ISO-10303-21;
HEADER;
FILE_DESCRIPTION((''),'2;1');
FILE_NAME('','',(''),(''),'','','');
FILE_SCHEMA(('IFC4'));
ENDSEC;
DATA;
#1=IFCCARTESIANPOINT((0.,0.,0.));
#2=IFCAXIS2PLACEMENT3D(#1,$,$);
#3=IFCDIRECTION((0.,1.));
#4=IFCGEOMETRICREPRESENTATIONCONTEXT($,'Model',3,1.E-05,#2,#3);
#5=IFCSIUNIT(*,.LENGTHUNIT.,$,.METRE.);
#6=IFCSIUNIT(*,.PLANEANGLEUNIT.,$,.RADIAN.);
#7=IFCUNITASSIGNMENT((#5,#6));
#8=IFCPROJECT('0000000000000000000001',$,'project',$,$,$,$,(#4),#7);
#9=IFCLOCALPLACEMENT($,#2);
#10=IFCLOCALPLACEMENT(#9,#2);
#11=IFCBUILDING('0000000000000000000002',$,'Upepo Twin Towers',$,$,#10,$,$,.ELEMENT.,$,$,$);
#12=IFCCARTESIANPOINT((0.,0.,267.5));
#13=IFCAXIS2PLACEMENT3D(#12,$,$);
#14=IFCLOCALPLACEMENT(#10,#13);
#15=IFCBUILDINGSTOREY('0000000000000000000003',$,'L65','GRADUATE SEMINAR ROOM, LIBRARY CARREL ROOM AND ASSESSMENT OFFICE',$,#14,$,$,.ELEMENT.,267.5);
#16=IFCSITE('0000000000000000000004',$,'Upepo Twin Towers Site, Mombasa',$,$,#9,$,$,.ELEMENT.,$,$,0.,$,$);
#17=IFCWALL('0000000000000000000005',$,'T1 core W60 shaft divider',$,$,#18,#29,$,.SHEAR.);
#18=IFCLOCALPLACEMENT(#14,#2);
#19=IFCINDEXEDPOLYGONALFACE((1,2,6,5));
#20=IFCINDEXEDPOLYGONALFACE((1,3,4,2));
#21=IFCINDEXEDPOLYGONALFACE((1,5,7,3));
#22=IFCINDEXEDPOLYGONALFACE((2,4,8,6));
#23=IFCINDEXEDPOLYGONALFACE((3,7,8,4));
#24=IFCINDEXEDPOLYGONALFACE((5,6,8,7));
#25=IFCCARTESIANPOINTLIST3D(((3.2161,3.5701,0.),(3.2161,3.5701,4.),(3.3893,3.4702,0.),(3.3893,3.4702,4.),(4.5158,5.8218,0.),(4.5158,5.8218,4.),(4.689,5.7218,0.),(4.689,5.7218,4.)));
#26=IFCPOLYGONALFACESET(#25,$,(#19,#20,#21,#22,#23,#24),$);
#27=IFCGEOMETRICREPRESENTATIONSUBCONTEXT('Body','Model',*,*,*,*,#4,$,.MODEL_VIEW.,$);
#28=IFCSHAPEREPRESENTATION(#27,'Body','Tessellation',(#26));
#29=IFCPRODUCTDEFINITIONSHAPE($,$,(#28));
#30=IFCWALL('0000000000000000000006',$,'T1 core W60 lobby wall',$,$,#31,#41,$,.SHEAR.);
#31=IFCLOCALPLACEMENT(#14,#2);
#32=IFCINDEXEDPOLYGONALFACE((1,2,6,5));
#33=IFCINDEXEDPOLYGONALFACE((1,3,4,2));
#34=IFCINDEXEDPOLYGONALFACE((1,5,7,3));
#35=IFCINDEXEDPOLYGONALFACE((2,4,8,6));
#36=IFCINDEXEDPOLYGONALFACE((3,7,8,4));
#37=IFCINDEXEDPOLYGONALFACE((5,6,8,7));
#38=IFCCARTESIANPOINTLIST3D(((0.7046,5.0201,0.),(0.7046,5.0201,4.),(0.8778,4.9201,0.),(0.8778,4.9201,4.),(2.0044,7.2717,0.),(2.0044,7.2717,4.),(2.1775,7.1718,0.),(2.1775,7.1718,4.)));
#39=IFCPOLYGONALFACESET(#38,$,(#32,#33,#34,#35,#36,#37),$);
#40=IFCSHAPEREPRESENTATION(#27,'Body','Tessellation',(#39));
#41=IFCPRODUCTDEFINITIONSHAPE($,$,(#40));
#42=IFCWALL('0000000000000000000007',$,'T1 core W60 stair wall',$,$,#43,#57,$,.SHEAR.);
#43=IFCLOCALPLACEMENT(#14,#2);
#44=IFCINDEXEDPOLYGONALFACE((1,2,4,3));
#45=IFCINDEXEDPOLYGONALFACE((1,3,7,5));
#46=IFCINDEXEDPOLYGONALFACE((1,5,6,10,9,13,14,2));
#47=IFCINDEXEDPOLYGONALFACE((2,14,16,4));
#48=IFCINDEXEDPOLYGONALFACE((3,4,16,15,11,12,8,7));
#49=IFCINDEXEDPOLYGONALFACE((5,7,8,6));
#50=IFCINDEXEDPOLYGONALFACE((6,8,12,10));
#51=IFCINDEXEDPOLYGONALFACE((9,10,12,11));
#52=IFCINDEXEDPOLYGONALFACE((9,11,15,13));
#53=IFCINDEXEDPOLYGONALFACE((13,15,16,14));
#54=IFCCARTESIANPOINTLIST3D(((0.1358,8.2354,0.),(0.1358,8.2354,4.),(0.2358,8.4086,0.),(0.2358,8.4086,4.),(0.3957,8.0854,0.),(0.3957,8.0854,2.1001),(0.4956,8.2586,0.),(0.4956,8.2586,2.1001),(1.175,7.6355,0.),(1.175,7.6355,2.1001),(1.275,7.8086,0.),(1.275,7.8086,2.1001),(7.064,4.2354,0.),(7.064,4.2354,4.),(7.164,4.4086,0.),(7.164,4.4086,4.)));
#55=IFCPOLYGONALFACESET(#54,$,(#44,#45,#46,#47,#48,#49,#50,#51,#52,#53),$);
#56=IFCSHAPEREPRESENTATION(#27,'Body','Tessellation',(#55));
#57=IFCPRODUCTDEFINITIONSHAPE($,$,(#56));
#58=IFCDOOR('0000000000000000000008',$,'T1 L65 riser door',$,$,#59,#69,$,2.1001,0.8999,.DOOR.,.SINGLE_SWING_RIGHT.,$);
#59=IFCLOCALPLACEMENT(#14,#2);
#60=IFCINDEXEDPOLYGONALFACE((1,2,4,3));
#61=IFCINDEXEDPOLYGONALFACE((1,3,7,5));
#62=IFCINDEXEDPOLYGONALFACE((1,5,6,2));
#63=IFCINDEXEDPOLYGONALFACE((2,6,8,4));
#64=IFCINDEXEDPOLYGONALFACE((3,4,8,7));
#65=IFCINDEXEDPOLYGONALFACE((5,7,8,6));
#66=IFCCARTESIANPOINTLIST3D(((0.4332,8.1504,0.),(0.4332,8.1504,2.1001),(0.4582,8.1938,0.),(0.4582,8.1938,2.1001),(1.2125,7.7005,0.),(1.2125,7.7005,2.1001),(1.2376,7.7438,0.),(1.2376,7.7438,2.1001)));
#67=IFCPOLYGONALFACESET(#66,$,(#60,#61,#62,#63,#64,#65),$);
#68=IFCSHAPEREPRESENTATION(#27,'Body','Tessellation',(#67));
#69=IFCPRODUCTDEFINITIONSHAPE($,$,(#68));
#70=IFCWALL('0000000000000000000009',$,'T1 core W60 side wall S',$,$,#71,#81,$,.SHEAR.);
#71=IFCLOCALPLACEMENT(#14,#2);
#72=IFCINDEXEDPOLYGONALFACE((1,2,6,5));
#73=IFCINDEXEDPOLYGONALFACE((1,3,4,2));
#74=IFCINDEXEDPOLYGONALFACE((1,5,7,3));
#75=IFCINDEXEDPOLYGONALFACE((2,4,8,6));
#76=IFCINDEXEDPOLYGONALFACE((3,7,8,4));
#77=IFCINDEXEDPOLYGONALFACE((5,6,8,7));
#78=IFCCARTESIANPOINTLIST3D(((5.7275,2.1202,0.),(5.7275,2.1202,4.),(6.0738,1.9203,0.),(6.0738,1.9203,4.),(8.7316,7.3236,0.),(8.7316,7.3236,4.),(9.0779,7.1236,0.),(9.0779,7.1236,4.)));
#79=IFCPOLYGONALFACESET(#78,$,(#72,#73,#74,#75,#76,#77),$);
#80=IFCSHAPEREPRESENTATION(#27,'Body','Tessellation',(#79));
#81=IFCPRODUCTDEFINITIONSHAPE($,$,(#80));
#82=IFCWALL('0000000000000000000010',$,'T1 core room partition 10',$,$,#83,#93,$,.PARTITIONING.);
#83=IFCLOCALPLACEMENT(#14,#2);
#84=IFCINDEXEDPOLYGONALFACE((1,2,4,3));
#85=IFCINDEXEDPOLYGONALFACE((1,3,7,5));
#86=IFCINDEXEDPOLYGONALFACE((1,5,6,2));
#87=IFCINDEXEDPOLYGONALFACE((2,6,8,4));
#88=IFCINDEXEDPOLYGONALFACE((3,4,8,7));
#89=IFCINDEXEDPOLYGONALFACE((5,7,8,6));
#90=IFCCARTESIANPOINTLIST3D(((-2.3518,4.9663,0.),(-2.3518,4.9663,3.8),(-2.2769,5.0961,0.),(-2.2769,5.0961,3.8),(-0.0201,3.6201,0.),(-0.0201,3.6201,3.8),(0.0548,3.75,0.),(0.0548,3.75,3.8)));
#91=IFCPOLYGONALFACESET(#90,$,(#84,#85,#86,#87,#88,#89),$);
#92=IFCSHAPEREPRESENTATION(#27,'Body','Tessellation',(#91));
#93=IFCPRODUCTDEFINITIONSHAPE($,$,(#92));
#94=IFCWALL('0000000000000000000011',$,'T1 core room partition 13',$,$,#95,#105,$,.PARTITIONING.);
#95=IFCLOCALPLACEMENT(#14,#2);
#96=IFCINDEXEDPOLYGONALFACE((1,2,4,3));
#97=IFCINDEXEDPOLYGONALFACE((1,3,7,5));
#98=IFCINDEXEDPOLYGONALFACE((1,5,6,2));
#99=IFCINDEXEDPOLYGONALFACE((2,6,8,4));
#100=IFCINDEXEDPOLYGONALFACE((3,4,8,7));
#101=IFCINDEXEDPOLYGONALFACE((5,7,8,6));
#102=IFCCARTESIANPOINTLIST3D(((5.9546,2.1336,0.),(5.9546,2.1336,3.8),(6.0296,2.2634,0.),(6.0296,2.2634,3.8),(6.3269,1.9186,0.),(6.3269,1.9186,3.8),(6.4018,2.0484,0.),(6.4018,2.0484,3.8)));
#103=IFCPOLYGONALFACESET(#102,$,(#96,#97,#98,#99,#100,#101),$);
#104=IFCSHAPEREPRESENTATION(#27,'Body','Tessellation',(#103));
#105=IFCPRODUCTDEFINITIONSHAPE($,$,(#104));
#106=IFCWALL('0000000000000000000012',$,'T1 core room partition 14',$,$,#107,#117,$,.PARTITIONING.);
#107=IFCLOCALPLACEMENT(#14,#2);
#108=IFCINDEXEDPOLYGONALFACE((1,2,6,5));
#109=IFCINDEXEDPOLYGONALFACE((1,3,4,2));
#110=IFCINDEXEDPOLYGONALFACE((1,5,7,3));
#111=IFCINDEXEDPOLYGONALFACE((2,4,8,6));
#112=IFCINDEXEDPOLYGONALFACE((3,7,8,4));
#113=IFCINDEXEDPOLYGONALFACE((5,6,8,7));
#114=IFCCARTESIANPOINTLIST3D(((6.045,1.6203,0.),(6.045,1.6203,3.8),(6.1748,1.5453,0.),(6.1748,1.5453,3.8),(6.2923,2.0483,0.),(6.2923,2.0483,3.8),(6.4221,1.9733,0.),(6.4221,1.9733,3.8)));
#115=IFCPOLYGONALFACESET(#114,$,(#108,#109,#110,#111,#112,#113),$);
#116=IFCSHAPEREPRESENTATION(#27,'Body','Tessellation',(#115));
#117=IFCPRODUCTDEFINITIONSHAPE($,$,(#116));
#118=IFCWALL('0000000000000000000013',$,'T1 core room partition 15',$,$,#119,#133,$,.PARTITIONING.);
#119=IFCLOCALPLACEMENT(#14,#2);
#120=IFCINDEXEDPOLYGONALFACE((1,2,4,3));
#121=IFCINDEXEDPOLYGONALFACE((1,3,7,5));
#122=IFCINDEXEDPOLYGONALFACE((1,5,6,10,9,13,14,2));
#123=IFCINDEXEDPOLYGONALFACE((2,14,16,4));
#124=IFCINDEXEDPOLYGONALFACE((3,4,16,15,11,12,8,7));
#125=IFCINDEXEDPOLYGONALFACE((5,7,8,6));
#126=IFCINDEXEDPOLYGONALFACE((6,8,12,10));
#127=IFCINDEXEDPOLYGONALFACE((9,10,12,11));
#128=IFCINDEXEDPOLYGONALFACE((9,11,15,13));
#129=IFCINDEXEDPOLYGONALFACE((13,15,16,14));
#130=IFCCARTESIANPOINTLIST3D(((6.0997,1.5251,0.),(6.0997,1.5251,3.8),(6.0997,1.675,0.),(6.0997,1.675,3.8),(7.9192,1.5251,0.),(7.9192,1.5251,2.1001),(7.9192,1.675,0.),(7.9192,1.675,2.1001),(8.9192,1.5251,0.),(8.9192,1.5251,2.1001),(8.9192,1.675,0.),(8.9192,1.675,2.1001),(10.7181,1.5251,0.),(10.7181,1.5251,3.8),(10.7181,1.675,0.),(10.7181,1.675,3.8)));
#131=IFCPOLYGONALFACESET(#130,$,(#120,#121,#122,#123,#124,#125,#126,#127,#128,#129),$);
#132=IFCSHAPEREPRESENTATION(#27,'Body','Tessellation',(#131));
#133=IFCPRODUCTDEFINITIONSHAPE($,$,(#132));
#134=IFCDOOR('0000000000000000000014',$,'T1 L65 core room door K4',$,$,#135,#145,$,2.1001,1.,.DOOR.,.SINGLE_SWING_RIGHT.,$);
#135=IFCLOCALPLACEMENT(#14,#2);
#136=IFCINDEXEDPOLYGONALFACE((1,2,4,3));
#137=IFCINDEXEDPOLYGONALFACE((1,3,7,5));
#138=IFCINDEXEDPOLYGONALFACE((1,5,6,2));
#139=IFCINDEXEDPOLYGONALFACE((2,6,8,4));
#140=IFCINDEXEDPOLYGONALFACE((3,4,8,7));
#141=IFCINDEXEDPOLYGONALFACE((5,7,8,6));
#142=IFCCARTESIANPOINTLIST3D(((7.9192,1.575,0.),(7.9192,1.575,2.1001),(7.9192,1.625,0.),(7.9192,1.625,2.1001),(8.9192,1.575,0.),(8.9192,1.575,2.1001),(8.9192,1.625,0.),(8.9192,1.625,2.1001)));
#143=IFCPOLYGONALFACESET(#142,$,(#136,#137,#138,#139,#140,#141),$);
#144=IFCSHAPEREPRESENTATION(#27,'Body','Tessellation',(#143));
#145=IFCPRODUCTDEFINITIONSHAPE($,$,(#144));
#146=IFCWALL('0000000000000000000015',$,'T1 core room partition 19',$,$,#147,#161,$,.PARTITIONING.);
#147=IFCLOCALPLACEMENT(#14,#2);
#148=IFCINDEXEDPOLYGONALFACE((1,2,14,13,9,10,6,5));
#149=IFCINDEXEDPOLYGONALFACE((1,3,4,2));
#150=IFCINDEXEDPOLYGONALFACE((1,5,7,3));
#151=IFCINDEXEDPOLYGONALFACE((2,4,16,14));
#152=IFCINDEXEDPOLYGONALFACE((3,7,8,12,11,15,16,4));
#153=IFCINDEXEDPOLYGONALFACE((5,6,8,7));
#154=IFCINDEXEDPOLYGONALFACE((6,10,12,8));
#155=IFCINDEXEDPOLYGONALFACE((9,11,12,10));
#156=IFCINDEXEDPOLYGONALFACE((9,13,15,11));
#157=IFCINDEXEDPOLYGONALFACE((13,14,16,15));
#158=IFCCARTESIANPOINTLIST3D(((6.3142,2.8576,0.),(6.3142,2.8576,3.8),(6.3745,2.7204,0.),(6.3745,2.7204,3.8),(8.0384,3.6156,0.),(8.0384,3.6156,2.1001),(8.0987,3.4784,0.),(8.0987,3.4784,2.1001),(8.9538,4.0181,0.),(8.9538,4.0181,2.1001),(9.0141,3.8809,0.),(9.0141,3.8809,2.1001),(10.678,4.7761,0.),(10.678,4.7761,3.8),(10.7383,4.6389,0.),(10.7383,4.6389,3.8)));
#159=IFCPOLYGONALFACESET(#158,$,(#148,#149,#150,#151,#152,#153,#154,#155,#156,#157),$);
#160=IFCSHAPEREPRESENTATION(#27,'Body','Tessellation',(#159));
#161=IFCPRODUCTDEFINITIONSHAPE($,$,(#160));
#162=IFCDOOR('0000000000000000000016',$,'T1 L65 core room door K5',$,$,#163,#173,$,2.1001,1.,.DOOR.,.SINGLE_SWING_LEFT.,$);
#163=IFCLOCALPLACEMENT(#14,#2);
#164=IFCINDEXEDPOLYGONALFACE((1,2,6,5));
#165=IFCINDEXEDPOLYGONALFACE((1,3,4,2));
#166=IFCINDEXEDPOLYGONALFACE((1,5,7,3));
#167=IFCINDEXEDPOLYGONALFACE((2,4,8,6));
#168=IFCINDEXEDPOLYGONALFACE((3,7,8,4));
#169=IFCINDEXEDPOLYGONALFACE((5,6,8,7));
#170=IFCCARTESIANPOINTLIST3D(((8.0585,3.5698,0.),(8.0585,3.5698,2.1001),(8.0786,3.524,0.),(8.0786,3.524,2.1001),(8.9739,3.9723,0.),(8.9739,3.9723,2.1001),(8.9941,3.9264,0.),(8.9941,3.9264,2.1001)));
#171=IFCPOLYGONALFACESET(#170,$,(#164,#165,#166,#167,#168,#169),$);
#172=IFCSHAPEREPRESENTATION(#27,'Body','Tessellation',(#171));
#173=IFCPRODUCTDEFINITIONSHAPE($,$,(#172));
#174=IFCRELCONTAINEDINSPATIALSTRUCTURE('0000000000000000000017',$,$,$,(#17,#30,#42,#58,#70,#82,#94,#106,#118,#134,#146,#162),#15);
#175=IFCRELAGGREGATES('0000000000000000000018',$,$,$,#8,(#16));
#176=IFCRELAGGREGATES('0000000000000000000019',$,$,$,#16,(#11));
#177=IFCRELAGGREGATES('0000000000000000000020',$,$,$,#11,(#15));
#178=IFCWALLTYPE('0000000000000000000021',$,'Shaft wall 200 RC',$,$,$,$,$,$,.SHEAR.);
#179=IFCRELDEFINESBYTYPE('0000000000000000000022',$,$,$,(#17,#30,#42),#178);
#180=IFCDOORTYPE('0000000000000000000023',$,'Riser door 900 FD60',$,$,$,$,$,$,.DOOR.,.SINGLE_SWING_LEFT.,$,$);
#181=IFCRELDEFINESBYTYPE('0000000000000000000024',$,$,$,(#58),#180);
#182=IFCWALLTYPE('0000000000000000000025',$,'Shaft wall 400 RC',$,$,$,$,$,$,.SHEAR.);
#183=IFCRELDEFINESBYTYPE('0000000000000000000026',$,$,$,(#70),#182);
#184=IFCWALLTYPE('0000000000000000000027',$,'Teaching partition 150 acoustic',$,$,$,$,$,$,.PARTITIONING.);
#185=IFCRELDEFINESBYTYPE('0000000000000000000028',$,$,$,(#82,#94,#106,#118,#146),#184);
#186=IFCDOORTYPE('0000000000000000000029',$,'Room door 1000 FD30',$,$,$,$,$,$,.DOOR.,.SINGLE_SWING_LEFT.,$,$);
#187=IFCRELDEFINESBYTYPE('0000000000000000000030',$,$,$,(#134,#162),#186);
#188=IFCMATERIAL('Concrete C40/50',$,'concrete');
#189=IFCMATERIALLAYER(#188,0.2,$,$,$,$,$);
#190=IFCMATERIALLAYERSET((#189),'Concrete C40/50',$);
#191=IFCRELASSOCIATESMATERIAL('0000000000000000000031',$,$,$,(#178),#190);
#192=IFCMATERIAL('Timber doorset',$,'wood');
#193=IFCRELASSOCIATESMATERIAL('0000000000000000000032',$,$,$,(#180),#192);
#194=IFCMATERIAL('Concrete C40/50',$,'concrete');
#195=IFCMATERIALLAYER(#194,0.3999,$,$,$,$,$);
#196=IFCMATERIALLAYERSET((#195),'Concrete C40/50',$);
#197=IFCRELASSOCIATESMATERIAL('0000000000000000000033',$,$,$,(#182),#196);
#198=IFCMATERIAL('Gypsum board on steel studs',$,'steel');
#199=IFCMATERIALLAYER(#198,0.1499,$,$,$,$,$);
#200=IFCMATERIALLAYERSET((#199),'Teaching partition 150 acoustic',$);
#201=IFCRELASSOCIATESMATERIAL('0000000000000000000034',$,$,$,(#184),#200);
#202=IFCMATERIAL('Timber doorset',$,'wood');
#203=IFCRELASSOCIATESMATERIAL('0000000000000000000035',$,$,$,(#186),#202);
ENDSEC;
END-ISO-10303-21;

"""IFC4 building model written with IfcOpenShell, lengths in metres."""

from ifc_helpers import new_model, si_unit, direction, frame, frame_2d, origin, place, context, subcontext, project, spatial, rectangle, extrude, material, layer, layer_set, type_object, element, fill, save


model = new_model("IFC4")

# Units and contexts
model_context = context("Model", 3, precision=1e-05, world=origin(), true_north=direction((0.0, 1.0)))
body_context = subcontext(model_context, "Body", "Model", "MODEL_VIEW")
ifc_project = project(units=[si_unit("LENGTHUNIT", "METRE"), si_unit("PLANEANGLEUNIT", "RADIAN")], contexts=[model_context])

# Site, building, storey
site_placement = place(None, origin())
site = spatial("IfcSite", under=ifc_project, at=site_placement, Name="Upepo Twin Towers Site, Mombasa", CompositionType="ELEMENT", RefElevation=0.0)
building_placement = place(site_placement, origin())
building = spatial("IfcBuilding", under=site, at=building_placement, Name="Upepo Twin Towers", CompositionType="ELEMENT")
storey_placement = place(building_placement, frame((0.0, 0.0, 267.5)))
storey = spatial("IfcBuildingStorey", under=building, at=storey_placement, Name="L65", Description="GRADUATE SEMINAR ROOM, LIBRARY CARREL ROOM AND ASSESSMENT OFFICE", CompositionType="ELEMENT", Elevation=267.5)

# Shared definitions
ifc_material_1 = material(Name="Concrete C40/50", Category="concrete")
ifc_layer_1 = layer(ifc_material_1, 0.2)
ifc_layer_set_1 = layer_set([ifc_layer_1], Name="Concrete C40/50")
wall_type_1 = type_object("IfcWallType", Name="Shaft wall 200 RC", PredefinedType="SHEAR", material=ifc_layer_set_1)
ifc_material_2 = material(Name="Timber doorset", Category="wood")
door_type_1 = type_object("IfcDoorType", Name="Riser door 900 FD60", OperationType="SINGLE_SWING_LEFT", PredefinedType="DOOR", material=ifc_material_2)

# Walls
for number, where, z_axis, x_axis, name in (
    (1, (3.3027, 3.5203, 0.0), (0.0, 0.0, 1.0), (0.499937, 0.866062, 0.0), "T1 core W60 shaft divider"),
    (2, (0.7913, 4.9702, 0.0), (0.0, 0.0, 1.0), (0.499937, 0.866062, 0.0), "T1 core W60 lobby wall"),
):
    element("IfcWall", number, at=place(storey_placement, frame(where, z_axis=z_axis, x_axis=x_axis)), inside=storey, type_object=wall_type_1, Name=name, PredefinedType="SHEAR", context=body_context, shape_type="SweptSolid", body=[
        extrude(rectangle(XDim=2.5999, YDim=0.2, at=frame_2d((1.2998, 0.0))), origin(), (0.0, 0.0, 1.0), 4.0),
    ])

# Wall, opening, door
wall_1_placement = place(storey_placement, frame((7.114, 4.322, 0.0), z_axis=(0.0, 0.0, 1.0), x_axis=(-0.866026, 0.499999, 0.0)))
wall_1 = element("IfcWall", 3, at=wall_1_placement, inside=storey, type_object=wall_type_1, Name="T1 core W60 stair wall", PredefinedType="SHEAR", context=body_context, shape_type="SweptSolid", body=[
    extrude(rectangle(XDim=8.0, YDim=0.2, at=frame_2d((4.0, 0.0))), origin(), (0.0, 0.0, 1.0), 4.0),
])
opening_1_placement = place(wall_1_placement, frame((6.8, 0.0, 0.0)))
opening_1 = element("IfcOpeningElement", 4, at=opening_1_placement, cuts=wall_1, PredefinedType="OPENING", context=body_context, shape_type="SweptSolid", body=[
    extrude(rectangle(XDim=0.8999, YDim=2.1001, at=frame_2d((0.45, 1.05))), frame((0.0, 0.1099, 0.0), z_axis=(0.0, -1.0, 0.0), x_axis=(1.0, 0.0, 0.0)), (0.0, 0.0, 1.0), 0.22),
])
door_1_placement = place(opening_1_placement, origin())
door_1 = element("IfcDoor", 5, at=door_1_placement, inside=storey, type_object=door_type_1, Name="T1 L65 riser door", OperationType="SINGLE_SWING_RIGHT", OverallHeight=2.1001, OverallWidth=0.8999, PredefinedType="DOOR", context=body_context, shape_type="SweptSolid", body=[
    extrude(rectangle(XDim=0.8999, YDim=2.1001, at=frame_2d((0.45, 1.05))), frame((0.0, 0.0249, 0.0), z_axis=(0.0, -1.0, 0.0), x_axis=(1.0, 0.0, 0.0)), (0.0, 0.0, 1.0), 0.05),
])
fill(opening_1, door_1)

# Walls
ifc_material_3 = material(Name="Concrete C40/50", Category="concrete")
ifc_layer_2 = layer(ifc_material_3, 0.3999)
ifc_layer_set_2 = layer_set([ifc_layer_2], Name="Concrete C40/50")
wall_type_2 = type_object("IfcWallType", Name="Shaft wall 400 RC", PredefinedType="SHEAR", material=ifc_layer_set_2)
wall_2_placement = place(storey_placement, frame((5.9006, 2.0203, 0.0), z_axis=(0.0, 0.0, 1.0), x_axis=(0.499998, 0.866027, 0.0)))
element("IfcWall", 6, at=wall_2_placement, inside=storey, type_object=wall_type_2, Name="T1 core W60 side wall S", PredefinedType="SHEAR", context=body_context, shape_type="SweptSolid", body=[
    extrude(rectangle(XDim=6.0083, YDim=0.3999, at=frame_2d((3.0042, 0.0))), origin(), (0.0, 0.0, 1.0), 4.0),
])
ifc_material_4 = material(Name="Gypsum board on steel studs", Category="steel")
ifc_layer_3 = layer(ifc_material_4, 0.1499)
ifc_layer_set_3 = layer_set([ifc_layer_3], Name="Teaching partition 150 acoustic")
wall_type_3 = type_object("IfcWallType", Name="Teaching partition 150 acoustic", PredefinedType="PARTITIONING", material=ifc_layer_set_3)
wall_3_placement = place(storey_placement, frame((0.0173, 3.6851, 0.0), z_axis=(0.0, 0.0, 1.0), x_axis=(-0.866036, 0.499981, 0.0)))
element("IfcWall", 7, at=wall_3_placement, inside=storey, type_object=wall_type_3, Name="T1 core room partition 10", PredefinedType="PARTITIONING", context=body_context, shape_type="SweptSolid", body=[
    extrude(rectangle(XDim=2.6924, YDim=0.1499, at=frame_2d((1.3462, 0.0))), origin(), (0.0, 0.0, 1.0), 3.8),
])
wall_4_placement = place(storey_placement, frame((5.9922, 2.1985, 0.0), z_axis=(0.0, 0.0, 1.0), x_axis=(0.865892, -0.50023, 0.0)))
element("IfcWall", 8, at=wall_4_placement, inside=storey, type_object=wall_type_3, Name="T1 core room partition 13", PredefinedType="PARTITIONING", context=body_context, shape_type="SweptSolid", body=[
    extrude(rectangle(XDim=0.4299, YDim=0.1499, at=frame_2d((0.2148, 0.0))), origin(), (0.0, 0.0, 1.0), 3.8),
])
wall_5_placement = place(storey_placement, frame((6.3572, 2.0107, 0.0), z_axis=(0.0, 0.0, 1.0), x_axis=(-0.500335, -0.865832, 0.0)))
element("IfcWall", 9, at=wall_5_placement, inside=storey, type_object=wall_type_3, Name="T1 core room partition 14", PredefinedType="PARTITIONING", context=body_context, shape_type="SweptSolid", body=[
    extrude(rectangle(XDim=0.4944, YDim=0.1499, at=frame_2d((0.2471, 0.0))), origin(), (0.0, 0.0, 1.0), 3.8),
])

# Walls, openings, doors
wall_6_placement = place(storey_placement, frame((6.0999, 1.6001, 0.0), z_axis=(0.0, 0.0, 1.0), x_axis=(1.0, 0.0, 0.0)))
wall_6 = element("IfcWall", 10, at=wall_6_placement, inside=storey, type_object=wall_type_3, Name="T1 core room partition 15", PredefinedType="PARTITIONING", context=body_context, shape_type="SweptSolid", body=[
    extrude(rectangle(XDim=4.6184, YDim=0.1499, at=frame_2d((2.3091, 0.0))), origin(), (0.0, 0.0, 1.0), 3.8),
])
opening_2_placement = place(wall_6_placement, frame((1.8193, 0.0, 0.0)))
opening_2 = element("IfcOpeningElement", 11, at=opening_2_placement, cuts=wall_6, PredefinedType="OPENING", context=body_context, shape_type="SweptSolid", body=[
    extrude(rectangle(XDim=1.0, YDim=2.1001, at=frame_2d((0.5, 1.05))), frame((0.0, 0.085, 0.0), z_axis=(0.0, -1.0, 0.0), x_axis=(1.0, 0.0, 0.0)), (0.0, 0.0, 1.0), 0.1699),
])
ifc_material_5 = material(Name="Timber doorset", Category="wood")
door_type_2 = type_object("IfcDoorType", Name="Room door 1000 FD30", OperationType="SINGLE_SWING_LEFT", PredefinedType="DOOR", material=ifc_material_5)
door_2_placement = place(opening_2_placement, origin())
door_2 = element("IfcDoor", 12, at=door_2_placement, inside=storey, type_object=door_type_2, Name="T1 L65 core room door K4", OperationType="SINGLE_SWING_RIGHT", OverallHeight=2.1001, OverallWidth=1.0, PredefinedType="DOOR", context=body_context, shape_type="SweptSolid", body=[
    extrude(rectangle(XDim=1.0, YDim=2.1001, at=frame_2d((0.5, 1.05))), frame((0.0, 0.0249, 0.0), z_axis=(0.0, -1.0, 0.0), x_axis=(1.0, 0.0, 0.0)), (0.0, 0.0, 1.0), 0.05),
])
fill(opening_2, door_2)
wall_7_placement = place(storey_placement, frame((6.3445, 2.7891, 0.0), z_axis=(0.0, 0.0, 1.0), x_axis=(0.915439, 0.402457, 0.0)))
wall_7 = element("IfcWall", 13, at=wall_7_placement, inside=storey, type_object=wall_type_3, Name="T1 core room partition 19", PredefinedType="PARTITIONING", context=body_context, shape_type="SweptSolid", body=[
    extrude(rectangle(XDim=4.7668, YDim=0.1499, at=frame_2d((2.3833, 0.0))), origin(), (0.0, 0.0, 1.0), 3.8),
])
opening_3_placement = place(wall_7_placement, frame((1.8833, 0.0, 0.0)))
opening_3 = element("IfcOpeningElement", 14, at=opening_3_placement, cuts=wall_7, PredefinedType="OPENING", context=body_context, shape_type="SweptSolid", body=[
    extrude(rectangle(XDim=1.0, YDim=2.1001, at=frame_2d((0.5, 1.05))), frame((0.0, 0.085, 0.0), z_axis=(0.0, -1.0, 0.0), x_axis=(1.0, 0.0, 0.0)), (0.0, 0.0, 1.0), 0.1699),
])
door_3_placement = place(opening_3_placement, origin())
door_3 = element("IfcDoor", 15, at=door_3_placement, inside=storey, type_object=door_type_2, Name="T1 L65 core room door K5", OperationType="SINGLE_SWING_LEFT", OverallHeight=2.1001, OverallWidth=1.0, PredefinedType="DOOR", context=body_context, shape_type="SweptSolid", body=[
    extrude(rectangle(XDim=1.0, YDim=2.1001, at=frame_2d((0.5, 1.05))), frame((0.0, 0.0249, 0.0), z_axis=(0.0, -1.0, 0.0), x_axis=(1.0, 0.0, 0.0)), (0.0, 0.0, 1.0), 0.05),
])
fill(opening_3, door_3)

save(model, "model.ifc")
